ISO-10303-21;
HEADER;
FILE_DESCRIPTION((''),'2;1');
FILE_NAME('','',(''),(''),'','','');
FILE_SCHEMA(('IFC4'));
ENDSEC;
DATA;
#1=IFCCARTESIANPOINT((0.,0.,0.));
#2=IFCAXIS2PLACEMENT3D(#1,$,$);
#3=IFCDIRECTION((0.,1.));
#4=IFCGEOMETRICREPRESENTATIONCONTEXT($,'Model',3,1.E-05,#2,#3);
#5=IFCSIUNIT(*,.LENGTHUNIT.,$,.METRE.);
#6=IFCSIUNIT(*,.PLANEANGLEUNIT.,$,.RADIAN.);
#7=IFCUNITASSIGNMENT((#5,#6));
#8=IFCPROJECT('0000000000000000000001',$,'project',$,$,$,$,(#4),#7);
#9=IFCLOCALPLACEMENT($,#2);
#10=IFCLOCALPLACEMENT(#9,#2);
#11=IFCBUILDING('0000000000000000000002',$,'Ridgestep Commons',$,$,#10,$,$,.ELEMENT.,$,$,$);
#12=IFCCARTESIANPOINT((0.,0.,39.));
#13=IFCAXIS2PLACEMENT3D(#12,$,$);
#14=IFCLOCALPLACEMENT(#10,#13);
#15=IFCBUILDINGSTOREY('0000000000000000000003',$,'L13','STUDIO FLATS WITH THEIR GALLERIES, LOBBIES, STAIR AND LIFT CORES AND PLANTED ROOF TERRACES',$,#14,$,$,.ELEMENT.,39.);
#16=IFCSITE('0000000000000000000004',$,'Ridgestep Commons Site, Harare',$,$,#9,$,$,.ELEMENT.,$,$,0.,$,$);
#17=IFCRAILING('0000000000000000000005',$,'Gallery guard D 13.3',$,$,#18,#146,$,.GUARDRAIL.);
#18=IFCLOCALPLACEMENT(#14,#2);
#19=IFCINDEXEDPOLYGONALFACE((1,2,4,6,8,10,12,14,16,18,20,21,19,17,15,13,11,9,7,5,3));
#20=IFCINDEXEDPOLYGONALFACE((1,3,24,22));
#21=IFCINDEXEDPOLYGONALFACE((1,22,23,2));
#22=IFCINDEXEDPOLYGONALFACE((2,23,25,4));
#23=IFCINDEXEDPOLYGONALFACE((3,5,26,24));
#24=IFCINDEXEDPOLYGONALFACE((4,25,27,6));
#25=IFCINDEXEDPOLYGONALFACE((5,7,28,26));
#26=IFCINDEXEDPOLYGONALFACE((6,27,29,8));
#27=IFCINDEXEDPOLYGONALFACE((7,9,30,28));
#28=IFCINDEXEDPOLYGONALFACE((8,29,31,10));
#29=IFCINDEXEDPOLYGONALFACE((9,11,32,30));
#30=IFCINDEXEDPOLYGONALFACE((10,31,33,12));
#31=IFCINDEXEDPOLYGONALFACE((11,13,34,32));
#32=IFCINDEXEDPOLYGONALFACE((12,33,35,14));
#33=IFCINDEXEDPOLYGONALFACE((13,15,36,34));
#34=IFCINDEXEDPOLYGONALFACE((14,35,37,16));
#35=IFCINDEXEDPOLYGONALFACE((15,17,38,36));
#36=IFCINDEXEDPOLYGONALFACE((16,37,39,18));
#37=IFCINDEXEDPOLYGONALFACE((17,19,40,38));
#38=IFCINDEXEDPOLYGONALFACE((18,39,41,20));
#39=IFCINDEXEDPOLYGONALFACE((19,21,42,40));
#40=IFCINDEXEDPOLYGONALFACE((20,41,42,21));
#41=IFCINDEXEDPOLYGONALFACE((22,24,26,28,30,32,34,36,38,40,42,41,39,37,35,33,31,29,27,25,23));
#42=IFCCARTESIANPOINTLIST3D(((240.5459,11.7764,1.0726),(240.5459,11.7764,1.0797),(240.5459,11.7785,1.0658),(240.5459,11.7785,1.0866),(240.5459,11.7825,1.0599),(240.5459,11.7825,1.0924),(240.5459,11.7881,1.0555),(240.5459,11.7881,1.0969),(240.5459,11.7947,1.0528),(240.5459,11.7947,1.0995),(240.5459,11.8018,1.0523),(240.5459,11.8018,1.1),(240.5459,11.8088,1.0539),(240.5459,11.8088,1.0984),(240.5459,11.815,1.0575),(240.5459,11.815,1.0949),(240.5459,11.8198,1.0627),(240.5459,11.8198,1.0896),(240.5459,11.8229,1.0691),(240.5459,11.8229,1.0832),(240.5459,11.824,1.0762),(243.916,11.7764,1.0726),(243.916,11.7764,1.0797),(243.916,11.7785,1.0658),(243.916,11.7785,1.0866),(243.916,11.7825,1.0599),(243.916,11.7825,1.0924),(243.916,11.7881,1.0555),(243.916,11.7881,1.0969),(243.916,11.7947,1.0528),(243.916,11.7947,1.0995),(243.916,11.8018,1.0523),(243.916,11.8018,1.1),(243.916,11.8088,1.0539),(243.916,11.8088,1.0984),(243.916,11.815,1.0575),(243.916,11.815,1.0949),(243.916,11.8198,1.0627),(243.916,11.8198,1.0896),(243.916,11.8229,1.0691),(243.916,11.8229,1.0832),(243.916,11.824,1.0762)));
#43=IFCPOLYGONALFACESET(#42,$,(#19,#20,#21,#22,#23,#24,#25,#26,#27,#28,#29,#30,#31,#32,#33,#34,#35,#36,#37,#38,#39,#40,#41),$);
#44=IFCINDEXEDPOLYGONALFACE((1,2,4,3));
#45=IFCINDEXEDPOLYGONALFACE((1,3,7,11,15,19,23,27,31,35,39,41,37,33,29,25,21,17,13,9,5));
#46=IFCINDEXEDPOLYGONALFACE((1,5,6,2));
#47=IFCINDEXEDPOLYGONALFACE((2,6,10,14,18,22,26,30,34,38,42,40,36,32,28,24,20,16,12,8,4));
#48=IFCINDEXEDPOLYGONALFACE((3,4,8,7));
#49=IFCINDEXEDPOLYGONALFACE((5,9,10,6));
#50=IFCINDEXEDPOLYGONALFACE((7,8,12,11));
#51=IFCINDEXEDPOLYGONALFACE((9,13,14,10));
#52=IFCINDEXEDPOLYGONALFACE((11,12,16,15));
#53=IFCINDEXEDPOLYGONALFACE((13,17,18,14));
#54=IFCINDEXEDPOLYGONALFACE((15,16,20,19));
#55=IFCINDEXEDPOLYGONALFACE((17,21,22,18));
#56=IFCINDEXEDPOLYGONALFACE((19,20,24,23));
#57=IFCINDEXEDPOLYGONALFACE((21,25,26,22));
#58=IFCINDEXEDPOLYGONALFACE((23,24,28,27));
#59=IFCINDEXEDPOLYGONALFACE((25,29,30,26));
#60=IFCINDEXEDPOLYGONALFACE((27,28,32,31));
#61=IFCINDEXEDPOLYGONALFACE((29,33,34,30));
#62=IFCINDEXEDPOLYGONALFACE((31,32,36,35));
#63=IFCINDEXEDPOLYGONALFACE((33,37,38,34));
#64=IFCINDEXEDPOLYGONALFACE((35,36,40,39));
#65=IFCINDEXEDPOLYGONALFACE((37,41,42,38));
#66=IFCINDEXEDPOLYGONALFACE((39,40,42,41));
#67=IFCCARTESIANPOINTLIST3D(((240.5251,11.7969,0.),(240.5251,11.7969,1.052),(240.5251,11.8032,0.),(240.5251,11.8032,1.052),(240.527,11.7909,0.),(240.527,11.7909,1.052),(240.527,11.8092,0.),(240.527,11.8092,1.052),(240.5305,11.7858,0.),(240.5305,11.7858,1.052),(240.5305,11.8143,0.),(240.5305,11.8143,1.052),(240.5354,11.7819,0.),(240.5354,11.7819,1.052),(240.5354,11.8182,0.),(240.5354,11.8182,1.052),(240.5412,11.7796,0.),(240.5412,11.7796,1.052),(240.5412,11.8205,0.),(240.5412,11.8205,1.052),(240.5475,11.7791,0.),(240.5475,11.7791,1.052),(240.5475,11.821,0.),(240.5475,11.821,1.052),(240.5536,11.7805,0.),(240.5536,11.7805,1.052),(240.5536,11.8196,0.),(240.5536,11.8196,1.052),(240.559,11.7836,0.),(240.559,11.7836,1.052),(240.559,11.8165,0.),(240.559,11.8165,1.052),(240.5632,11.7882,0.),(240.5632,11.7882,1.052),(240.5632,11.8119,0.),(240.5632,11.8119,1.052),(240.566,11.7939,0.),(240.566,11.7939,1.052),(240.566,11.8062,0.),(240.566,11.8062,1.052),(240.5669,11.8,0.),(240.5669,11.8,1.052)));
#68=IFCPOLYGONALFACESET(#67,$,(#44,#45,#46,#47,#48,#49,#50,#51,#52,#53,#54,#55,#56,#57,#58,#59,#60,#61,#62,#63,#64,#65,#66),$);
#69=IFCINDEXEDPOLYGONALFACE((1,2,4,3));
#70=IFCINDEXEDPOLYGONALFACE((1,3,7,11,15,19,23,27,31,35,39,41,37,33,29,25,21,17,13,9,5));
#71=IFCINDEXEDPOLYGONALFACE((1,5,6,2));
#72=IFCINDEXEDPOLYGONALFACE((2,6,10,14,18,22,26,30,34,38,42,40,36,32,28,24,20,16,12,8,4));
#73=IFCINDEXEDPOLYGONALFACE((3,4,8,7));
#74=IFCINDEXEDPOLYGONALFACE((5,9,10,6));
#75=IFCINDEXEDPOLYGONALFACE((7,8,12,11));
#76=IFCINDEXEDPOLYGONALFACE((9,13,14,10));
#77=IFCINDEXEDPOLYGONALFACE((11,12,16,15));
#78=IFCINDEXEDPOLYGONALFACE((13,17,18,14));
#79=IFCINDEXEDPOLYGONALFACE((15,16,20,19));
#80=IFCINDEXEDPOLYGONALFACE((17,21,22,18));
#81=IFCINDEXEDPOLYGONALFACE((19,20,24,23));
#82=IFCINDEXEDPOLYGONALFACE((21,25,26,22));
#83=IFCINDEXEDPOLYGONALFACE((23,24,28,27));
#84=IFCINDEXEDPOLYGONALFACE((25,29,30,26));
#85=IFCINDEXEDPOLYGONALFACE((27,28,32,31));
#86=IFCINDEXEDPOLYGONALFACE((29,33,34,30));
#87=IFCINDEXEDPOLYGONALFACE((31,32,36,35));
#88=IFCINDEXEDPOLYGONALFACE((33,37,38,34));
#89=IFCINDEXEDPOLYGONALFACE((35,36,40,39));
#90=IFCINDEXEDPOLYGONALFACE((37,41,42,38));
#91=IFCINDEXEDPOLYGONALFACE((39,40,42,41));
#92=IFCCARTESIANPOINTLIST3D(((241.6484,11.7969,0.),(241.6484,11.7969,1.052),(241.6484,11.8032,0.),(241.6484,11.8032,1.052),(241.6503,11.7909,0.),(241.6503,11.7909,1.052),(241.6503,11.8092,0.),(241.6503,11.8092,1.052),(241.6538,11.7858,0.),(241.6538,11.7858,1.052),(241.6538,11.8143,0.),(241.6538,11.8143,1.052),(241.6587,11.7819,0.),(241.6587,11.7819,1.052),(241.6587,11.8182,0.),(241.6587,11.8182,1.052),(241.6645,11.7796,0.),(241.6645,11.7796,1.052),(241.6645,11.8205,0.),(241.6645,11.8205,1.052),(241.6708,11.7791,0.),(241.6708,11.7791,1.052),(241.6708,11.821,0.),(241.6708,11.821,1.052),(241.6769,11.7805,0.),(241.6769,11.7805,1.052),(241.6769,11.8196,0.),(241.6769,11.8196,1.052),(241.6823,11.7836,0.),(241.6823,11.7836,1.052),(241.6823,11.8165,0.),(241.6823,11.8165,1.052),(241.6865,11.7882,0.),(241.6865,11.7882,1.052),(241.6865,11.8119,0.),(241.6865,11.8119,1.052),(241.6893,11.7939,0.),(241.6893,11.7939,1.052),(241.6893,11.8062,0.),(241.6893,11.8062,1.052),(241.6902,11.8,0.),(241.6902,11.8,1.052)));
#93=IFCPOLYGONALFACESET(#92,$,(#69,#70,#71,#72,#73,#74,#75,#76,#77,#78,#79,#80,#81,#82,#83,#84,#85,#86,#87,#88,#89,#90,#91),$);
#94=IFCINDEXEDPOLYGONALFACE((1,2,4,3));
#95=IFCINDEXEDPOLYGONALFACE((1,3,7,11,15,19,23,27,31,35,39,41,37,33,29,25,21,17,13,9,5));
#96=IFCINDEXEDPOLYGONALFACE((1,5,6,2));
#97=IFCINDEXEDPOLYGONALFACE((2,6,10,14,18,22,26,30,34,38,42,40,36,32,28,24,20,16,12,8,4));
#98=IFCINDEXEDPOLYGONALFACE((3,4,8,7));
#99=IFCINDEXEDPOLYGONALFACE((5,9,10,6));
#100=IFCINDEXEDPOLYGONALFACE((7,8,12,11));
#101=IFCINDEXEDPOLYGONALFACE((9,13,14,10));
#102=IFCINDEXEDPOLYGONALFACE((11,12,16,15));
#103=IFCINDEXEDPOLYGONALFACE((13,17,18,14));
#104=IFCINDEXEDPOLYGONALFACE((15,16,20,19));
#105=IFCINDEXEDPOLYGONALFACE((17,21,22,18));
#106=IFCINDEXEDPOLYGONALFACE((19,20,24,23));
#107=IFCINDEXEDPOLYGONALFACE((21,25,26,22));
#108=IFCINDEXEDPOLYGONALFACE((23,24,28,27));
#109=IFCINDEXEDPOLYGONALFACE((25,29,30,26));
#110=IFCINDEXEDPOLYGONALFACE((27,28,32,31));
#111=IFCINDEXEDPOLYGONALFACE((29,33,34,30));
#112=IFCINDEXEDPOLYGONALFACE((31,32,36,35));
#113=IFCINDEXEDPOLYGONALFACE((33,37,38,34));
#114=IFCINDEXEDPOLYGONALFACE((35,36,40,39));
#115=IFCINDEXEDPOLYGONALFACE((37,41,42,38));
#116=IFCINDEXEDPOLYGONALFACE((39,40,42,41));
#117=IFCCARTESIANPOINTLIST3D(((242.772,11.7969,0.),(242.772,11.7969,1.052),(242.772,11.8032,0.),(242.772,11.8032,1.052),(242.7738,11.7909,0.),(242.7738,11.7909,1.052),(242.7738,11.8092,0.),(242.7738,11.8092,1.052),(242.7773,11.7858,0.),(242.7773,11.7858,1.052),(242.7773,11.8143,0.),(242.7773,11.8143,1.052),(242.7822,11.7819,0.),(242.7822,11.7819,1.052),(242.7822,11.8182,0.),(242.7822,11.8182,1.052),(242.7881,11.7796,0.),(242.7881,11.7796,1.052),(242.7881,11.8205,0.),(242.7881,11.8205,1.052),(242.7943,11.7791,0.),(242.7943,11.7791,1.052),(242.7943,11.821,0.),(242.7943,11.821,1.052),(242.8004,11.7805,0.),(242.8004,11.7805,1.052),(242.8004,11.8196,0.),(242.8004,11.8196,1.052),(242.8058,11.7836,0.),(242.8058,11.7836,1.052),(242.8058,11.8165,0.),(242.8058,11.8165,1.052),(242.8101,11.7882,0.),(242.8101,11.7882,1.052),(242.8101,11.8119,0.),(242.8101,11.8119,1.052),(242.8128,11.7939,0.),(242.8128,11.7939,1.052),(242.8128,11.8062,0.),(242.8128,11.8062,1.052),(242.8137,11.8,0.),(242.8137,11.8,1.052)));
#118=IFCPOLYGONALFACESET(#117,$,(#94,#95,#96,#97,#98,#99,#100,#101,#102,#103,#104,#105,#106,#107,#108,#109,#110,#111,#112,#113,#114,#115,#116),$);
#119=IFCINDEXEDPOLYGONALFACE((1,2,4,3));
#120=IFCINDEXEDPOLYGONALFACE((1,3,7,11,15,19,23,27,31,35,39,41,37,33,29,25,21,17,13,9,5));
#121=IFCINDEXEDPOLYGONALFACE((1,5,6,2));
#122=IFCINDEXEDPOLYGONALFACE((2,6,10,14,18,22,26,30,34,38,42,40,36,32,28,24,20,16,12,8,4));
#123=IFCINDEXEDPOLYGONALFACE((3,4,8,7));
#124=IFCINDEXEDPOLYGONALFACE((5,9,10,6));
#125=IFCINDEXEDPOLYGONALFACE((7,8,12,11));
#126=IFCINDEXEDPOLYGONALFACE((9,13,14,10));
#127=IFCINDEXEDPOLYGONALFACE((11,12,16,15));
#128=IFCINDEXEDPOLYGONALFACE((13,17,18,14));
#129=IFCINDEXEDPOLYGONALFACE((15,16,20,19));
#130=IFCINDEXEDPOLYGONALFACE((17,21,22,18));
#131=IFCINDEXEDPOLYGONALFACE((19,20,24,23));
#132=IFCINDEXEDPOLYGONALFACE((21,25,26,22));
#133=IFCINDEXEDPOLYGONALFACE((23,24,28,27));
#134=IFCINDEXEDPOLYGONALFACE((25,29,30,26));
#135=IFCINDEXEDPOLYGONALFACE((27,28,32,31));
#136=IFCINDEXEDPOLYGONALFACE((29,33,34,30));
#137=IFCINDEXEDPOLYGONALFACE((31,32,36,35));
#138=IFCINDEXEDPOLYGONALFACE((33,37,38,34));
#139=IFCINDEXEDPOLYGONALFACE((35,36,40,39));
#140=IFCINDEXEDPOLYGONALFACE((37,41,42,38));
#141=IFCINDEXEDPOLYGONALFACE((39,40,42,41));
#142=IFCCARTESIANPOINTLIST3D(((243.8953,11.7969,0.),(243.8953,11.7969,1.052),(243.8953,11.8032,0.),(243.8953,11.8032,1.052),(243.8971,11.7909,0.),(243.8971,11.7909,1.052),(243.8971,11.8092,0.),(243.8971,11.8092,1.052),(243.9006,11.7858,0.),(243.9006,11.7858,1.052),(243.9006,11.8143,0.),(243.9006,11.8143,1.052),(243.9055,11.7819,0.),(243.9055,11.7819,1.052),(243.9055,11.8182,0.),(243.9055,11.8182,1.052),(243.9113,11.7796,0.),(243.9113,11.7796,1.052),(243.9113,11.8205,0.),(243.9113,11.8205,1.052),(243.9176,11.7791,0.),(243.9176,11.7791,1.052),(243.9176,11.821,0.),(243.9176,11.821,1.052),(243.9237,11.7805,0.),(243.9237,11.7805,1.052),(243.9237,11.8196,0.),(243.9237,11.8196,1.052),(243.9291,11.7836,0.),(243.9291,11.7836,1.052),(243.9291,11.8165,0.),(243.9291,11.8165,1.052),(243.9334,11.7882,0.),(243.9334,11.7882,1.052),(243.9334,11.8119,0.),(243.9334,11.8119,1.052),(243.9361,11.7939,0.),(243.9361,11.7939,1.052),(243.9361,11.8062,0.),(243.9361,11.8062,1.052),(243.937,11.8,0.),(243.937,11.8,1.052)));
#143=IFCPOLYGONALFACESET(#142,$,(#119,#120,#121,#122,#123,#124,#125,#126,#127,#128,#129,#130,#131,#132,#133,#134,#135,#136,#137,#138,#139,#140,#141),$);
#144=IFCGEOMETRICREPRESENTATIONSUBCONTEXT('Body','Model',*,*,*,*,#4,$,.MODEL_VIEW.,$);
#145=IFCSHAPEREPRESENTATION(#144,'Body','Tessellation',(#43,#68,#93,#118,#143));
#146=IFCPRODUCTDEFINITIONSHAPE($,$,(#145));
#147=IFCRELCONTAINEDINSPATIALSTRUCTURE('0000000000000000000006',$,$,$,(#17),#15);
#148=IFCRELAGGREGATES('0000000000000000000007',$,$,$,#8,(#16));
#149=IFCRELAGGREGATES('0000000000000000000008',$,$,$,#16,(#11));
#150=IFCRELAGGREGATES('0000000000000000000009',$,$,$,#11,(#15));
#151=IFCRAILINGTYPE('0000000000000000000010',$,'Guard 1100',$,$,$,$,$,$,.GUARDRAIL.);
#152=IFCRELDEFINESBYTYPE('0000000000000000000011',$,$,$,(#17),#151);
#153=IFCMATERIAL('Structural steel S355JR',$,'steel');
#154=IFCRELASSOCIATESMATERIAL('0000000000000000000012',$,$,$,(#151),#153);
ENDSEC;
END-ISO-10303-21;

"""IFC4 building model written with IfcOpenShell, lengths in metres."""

from ifc_helpers import new_model, si_unit, direction, frame, origin, origin_2d, place, context, subcontext, project, spatial, circle, extrude, material, type_object, element, save


model = new_model("IFC4")

# Units and contexts
model_context = context("Model", 3, precision=1e-05, world=origin(), true_north=direction((0.0, 1.0)))
body_context = subcontext(model_context, "Body", "Model", "MODEL_VIEW")
ifc_project = project(units=[si_unit("LENGTHUNIT", "METRE"), si_unit("PLANEANGLEUNIT", "RADIAN")], contexts=[model_context])

# Site, building, storey
site_placement = place(None, origin())
site = spatial("IfcSite", under=ifc_project, at=site_placement, Name="Ridgestep Commons Site, Harare", CompositionType="ELEMENT", RefElevation=0.0)
building_placement = place(site_placement, origin())
building = spatial("IfcBuilding", under=site, at=building_placement, Name="Ridgestep Commons", CompositionType="ELEMENT")
storey_placement = place(building_placement, frame((0.0, 0.0, 39.0)))
storey = spatial("IfcBuildingStorey", under=building, at=storey_placement, Name="L13", Description="STUDIO FLATS WITH THEIR GALLERIES, LOBBIES, STAIR AND LIFT CORES AND PLANTED ROOF TERRACES", CompositionType="ELEMENT", Elevation=39.0)

# Railing
ifc_material_1 = material(Name="Structural steel S355JR", Category="steel")
railing_type = type_object("IfcRailingType", Name="Guard 1100", PredefinedType="GUARDRAIL", material=ifc_material_1)
railing_1_placement = place(storey_placement, frame((240.5459, 11.8, 0.0)))
element("IfcRailing", 1, at=railing_1_placement, inside=storey, type_object=railing_type, Name="Gallery guard D 13.3", PredefinedType="GUARDRAIL", context=body_context, shape_type="SweptSolid", body=[
    extrude(circle(Radius=0.0239, at=origin_2d()), frame((0.0, 0.0, 1.0762), z_axis=(1.0, 0.0, 0.0), x_axis=(0.0, 1.0, 0.0)), (0.0, 0.0, 1.0), 3.3701),
    extrude(circle(Radius=0.021, at=origin_2d()), origin(), (0.0, 0.0, 1.0), 1.052),
    extrude(circle(Radius=0.021, at=origin_2d()), frame((1.1233, 0.0, 0.0)), (0.0, 0.0, 1.0), 1.052),
    extrude(circle(Radius=0.021, at=origin_2d()), frame((2.2468, 0.0, 0.0)), (0.0, 0.0, 1.0), 1.052),
    extrude(circle(Radius=0.021, at=origin_2d()), frame((3.3701, 0.0, 0.0)), (0.0, 0.0, 1.0), 1.052),
])

save(model, "model.ifc")
